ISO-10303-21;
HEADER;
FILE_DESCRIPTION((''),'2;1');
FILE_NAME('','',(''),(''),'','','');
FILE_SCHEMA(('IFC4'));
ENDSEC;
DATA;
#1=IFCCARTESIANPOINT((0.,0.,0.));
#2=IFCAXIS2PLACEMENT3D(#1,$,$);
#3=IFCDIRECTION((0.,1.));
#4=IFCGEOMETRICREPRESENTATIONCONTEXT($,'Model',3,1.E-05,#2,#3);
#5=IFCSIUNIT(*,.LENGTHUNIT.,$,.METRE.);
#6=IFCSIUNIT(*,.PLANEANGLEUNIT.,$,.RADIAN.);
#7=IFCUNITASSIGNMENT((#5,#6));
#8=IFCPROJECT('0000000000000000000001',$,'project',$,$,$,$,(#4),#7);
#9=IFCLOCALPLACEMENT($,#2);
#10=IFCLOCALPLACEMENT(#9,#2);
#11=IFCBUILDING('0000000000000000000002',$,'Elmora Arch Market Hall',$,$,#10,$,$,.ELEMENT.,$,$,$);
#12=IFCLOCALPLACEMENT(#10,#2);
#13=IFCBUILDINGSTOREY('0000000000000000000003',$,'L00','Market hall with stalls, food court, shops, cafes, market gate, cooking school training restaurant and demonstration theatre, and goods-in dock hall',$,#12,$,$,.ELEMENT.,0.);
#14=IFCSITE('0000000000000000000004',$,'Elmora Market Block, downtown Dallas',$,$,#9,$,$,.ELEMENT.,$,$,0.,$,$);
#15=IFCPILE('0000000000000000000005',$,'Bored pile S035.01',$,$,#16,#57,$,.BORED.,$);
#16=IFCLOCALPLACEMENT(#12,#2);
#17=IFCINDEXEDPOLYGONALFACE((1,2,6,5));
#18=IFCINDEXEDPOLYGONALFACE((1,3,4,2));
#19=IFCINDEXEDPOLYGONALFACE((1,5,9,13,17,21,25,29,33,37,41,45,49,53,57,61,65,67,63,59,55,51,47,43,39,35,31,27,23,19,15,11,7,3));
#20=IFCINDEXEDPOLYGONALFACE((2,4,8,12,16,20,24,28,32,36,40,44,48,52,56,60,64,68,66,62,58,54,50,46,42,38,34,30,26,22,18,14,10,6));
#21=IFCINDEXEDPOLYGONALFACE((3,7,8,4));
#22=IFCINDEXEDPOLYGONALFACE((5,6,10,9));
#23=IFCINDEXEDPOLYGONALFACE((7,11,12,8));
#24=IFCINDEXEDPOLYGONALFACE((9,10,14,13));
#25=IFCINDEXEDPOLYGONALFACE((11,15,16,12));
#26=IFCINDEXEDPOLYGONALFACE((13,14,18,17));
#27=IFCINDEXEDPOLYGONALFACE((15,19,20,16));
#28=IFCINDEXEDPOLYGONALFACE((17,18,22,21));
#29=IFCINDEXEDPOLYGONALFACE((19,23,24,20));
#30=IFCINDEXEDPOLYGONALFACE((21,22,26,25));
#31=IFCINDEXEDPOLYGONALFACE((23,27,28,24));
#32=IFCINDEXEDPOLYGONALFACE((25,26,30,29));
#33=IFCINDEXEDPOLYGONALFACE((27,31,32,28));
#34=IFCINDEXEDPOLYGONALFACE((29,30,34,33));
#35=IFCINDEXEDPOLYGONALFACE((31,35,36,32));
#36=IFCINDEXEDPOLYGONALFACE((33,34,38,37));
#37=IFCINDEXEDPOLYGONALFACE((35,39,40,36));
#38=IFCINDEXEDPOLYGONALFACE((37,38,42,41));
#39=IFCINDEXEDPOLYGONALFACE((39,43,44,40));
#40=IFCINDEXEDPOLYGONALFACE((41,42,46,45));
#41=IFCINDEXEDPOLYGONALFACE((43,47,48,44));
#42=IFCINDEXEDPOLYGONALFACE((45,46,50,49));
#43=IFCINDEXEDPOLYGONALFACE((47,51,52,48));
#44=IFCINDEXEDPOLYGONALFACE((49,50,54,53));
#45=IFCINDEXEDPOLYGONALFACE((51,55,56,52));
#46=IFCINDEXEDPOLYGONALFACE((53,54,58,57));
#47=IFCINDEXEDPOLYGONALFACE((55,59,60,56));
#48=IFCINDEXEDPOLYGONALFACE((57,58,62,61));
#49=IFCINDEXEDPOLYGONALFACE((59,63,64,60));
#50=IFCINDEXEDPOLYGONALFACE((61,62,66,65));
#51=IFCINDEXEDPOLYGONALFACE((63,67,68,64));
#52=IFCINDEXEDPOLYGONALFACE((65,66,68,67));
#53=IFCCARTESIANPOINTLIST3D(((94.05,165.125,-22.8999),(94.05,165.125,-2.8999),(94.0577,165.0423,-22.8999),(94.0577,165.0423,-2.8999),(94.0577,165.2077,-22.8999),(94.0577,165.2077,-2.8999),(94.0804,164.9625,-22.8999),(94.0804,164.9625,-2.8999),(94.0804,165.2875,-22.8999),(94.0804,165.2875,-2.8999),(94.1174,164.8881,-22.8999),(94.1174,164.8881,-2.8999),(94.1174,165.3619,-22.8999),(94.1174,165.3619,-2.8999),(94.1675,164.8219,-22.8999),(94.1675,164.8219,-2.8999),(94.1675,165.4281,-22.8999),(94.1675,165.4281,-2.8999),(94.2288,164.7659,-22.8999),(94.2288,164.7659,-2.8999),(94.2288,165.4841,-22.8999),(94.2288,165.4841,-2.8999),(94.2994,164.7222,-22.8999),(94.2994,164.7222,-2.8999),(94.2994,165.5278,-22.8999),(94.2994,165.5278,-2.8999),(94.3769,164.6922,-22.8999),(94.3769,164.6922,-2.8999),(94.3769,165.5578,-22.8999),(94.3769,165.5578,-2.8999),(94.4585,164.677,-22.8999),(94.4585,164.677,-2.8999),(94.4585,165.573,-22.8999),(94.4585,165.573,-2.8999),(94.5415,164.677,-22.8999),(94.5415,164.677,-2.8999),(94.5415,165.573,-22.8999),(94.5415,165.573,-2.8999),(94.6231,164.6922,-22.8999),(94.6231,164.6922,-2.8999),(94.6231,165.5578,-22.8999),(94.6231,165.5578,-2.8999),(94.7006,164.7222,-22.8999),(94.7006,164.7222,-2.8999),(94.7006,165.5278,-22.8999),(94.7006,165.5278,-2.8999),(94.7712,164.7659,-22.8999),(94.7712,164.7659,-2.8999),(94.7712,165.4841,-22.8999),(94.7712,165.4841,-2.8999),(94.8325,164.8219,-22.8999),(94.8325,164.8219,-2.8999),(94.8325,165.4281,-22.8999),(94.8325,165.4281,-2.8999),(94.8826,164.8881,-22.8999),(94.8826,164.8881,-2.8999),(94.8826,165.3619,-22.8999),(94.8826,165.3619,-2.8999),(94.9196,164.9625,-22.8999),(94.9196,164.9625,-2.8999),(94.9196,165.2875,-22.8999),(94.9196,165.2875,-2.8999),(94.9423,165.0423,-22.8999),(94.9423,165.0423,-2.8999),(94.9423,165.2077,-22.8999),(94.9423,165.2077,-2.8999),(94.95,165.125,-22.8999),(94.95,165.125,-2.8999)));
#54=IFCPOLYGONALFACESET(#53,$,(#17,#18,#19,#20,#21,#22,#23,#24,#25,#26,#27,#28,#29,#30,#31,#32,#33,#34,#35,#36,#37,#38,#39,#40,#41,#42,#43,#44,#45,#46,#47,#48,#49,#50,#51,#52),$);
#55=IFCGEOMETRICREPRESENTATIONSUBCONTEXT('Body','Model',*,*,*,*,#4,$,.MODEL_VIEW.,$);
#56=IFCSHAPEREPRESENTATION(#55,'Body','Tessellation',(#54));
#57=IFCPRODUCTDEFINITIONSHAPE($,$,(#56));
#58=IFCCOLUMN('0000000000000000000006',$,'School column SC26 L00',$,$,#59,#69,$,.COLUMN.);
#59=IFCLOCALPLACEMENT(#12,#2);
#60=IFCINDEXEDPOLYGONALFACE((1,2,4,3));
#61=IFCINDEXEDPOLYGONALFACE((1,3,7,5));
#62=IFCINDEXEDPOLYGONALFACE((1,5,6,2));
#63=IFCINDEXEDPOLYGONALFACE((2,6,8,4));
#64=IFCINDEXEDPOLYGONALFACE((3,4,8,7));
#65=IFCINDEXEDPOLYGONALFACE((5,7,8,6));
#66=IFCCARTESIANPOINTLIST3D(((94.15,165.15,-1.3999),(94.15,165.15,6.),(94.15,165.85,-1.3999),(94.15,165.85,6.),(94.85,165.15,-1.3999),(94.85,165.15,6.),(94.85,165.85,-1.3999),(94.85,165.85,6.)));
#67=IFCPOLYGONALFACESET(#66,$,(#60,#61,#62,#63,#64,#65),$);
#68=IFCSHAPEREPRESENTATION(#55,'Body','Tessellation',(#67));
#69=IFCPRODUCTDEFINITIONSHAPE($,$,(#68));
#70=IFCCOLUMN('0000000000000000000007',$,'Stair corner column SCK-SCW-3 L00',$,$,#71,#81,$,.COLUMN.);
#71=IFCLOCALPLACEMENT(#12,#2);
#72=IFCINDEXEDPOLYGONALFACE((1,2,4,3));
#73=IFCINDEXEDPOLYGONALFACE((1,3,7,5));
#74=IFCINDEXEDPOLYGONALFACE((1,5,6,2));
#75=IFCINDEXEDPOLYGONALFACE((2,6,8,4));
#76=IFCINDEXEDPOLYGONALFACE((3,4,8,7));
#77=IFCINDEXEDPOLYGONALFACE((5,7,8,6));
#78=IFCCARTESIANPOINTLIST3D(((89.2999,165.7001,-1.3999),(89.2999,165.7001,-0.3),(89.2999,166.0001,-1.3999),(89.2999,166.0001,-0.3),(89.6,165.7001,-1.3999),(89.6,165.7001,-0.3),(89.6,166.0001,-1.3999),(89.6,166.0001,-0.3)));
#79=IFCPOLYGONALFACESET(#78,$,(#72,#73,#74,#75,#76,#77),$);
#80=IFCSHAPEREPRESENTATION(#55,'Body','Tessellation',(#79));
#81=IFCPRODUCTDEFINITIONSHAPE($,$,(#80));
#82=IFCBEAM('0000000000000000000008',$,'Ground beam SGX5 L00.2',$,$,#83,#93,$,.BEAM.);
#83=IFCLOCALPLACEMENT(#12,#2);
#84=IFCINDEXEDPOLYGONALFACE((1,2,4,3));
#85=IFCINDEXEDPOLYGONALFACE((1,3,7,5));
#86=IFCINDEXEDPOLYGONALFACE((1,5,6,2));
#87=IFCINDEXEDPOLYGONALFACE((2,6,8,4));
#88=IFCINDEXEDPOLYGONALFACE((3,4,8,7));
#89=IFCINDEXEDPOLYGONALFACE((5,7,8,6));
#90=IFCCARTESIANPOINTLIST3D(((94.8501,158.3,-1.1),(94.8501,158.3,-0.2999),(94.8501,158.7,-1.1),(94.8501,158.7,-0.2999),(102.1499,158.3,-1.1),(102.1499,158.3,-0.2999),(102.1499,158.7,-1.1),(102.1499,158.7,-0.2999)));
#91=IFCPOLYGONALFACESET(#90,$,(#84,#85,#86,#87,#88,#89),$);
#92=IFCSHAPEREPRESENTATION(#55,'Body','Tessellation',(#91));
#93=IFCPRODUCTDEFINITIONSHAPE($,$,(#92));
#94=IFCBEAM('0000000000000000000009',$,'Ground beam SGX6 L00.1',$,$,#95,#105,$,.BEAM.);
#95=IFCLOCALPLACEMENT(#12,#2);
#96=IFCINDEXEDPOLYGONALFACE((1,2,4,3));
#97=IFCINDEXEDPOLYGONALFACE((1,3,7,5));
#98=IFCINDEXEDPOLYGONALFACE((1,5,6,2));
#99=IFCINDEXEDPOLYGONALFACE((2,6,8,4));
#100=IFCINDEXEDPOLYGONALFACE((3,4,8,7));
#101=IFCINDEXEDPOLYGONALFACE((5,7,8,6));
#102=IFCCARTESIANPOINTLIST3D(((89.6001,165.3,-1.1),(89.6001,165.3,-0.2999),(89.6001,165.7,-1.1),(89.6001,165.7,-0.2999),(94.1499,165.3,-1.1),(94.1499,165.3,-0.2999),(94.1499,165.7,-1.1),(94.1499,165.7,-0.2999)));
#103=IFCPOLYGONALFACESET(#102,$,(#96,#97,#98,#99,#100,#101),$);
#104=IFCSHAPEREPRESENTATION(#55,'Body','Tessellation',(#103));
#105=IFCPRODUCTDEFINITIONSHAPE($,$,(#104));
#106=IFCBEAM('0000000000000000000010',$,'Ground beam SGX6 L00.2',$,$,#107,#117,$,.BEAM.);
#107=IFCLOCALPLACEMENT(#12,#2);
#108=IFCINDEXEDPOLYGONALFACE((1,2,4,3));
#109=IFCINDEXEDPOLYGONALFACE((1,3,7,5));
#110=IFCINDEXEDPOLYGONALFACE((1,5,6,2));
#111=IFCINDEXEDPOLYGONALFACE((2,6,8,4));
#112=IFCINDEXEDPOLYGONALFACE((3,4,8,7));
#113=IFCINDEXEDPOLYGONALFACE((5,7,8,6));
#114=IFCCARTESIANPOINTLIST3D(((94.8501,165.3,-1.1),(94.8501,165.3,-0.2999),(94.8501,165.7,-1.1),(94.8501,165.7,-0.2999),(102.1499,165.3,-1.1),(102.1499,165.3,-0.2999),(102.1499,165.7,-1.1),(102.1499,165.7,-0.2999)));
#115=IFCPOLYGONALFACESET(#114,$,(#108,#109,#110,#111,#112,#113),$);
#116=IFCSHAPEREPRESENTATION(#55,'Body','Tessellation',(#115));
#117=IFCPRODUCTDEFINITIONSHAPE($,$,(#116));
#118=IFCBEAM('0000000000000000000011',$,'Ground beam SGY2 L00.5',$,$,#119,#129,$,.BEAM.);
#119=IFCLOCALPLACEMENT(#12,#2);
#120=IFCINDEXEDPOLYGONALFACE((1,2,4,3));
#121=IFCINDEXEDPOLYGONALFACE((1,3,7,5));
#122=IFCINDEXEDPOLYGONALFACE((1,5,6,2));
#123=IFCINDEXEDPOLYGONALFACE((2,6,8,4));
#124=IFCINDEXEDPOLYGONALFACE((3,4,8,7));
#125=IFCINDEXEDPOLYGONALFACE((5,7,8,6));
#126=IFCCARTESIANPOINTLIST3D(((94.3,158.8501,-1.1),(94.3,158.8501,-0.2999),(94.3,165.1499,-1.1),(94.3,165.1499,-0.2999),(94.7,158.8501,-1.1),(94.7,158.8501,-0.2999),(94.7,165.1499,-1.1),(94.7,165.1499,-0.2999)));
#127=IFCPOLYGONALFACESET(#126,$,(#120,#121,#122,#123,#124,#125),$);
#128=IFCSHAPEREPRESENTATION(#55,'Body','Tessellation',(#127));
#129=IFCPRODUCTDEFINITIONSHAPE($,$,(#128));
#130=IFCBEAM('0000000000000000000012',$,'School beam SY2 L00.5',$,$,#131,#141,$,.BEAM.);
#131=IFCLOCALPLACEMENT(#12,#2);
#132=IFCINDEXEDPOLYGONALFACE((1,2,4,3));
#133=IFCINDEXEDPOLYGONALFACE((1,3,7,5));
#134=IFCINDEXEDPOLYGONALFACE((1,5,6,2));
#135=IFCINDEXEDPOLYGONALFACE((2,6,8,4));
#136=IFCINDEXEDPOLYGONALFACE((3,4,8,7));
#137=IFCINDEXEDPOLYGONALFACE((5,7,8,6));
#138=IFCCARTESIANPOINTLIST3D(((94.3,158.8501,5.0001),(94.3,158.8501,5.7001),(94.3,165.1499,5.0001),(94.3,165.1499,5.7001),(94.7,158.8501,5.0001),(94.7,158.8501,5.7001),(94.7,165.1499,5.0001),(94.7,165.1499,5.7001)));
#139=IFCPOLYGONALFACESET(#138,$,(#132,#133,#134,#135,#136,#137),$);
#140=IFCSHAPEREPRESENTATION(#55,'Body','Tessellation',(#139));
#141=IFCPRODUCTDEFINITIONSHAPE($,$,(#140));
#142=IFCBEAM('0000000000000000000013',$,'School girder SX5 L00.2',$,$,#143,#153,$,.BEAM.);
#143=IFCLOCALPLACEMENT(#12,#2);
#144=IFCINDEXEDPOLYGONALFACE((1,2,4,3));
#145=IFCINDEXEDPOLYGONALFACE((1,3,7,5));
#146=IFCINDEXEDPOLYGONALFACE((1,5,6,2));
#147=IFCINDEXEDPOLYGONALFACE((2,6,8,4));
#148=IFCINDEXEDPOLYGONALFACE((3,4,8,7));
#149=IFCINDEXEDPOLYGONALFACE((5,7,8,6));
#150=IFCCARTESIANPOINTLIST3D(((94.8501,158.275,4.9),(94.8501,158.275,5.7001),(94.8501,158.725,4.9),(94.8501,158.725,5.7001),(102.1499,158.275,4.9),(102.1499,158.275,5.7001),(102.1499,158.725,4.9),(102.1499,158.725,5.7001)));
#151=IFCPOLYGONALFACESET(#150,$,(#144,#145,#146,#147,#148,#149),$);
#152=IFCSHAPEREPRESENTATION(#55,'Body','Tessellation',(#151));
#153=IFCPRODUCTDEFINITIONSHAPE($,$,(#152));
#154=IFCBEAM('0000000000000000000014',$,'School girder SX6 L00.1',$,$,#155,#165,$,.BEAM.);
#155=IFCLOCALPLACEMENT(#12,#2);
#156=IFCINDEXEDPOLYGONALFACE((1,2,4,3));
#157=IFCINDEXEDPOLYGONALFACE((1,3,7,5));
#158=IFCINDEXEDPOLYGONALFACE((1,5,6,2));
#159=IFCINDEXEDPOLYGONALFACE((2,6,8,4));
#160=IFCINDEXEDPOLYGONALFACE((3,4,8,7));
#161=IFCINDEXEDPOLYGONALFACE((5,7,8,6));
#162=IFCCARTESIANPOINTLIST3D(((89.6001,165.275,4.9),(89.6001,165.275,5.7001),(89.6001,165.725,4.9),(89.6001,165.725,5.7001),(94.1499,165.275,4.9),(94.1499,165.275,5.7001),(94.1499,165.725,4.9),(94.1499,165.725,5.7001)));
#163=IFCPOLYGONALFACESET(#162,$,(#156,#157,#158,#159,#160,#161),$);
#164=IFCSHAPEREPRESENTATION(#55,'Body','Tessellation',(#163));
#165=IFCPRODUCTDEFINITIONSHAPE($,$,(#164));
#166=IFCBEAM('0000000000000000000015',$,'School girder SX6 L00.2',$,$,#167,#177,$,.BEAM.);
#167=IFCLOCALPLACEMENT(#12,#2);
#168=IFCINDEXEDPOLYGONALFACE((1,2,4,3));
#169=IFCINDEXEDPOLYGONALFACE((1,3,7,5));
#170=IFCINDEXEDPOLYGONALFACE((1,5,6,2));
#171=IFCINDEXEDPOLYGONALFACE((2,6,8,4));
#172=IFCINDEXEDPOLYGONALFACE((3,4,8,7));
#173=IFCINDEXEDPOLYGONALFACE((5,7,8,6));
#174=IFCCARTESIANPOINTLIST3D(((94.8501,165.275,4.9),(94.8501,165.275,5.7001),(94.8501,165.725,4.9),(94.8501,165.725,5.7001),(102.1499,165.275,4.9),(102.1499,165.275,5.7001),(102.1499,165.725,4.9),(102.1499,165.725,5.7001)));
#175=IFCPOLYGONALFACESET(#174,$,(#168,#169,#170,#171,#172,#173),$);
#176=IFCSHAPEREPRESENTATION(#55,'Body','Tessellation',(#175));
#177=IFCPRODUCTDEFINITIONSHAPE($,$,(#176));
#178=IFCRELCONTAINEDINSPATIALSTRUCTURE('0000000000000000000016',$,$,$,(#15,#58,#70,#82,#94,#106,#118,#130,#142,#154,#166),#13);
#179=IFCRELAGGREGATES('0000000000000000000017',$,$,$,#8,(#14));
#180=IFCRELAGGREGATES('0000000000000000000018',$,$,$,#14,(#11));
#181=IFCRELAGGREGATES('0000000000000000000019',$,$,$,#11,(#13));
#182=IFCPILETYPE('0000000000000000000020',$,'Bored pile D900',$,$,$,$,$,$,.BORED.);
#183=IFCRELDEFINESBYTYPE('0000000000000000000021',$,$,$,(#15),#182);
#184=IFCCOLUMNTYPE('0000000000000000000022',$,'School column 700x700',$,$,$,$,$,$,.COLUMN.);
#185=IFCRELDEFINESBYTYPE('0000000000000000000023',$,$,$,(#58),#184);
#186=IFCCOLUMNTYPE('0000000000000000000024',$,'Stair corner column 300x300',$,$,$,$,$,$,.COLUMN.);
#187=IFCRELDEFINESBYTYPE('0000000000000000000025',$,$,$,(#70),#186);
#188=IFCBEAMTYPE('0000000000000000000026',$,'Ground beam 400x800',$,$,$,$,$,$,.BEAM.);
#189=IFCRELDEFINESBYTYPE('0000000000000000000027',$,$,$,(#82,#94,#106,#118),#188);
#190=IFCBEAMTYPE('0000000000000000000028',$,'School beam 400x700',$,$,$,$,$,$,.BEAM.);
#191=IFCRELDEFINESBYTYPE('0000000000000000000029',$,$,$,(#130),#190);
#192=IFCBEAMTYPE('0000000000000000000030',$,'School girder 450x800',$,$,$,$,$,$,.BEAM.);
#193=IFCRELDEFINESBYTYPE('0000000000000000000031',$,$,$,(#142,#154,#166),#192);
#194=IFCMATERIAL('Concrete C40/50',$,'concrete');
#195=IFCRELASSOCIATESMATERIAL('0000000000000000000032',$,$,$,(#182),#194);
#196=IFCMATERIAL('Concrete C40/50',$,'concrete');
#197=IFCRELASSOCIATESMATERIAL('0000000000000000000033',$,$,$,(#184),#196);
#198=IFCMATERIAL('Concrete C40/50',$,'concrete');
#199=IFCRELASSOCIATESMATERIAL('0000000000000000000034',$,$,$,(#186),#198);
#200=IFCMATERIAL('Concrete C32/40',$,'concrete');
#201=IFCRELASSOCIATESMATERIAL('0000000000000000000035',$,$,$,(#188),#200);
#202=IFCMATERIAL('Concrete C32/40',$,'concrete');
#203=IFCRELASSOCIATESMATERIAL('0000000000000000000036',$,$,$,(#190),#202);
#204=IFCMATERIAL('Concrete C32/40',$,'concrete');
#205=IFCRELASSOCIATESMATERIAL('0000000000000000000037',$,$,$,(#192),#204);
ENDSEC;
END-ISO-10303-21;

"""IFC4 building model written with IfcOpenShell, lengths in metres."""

from ifc_helpers import new_model, si_unit, direction, frame, origin, origin_2d, place, context, subcontext, project, spatial, rectangle, circle, extrude, material, material_profile, profile_set, type_object, element, save


model = new_model("IFC4")

# Units and contexts
model_context = context("Model", 3, precision=1e-05, world=origin(), true_north=direction((0.0, 1.0)))
body_context = subcontext(model_context, "Body", "Model", "MODEL_VIEW")
ifc_project = project(units=[si_unit("LENGTHUNIT", "METRE"), si_unit("PLANEANGLEUNIT", "RADIAN")], contexts=[model_context])

# Site, building, storey
site_placement = place(None, origin())
site = spatial("IfcSite", under=ifc_project, at=site_placement, Name="Elmora Market Block, downtown Dallas", CompositionType="ELEMENT", RefElevation=0.0)
building_placement = place(site_placement, origin())
building = spatial("IfcBuilding", under=site, at=building_placement, Name="Elmora Arch Market Hall", CompositionType="ELEMENT")
storey_placement = place(building_placement, origin())
storey = spatial("IfcBuildingStorey", under=building, at=storey_placement, Name="L00", Description="Market hall with stalls, food court, shops, cafes, market gate, cooking school training restaurant and demonstration theatre, and goods-in dock hall", CompositionType="ELEMENT", Elevation=0.0)

# Pile
ifc_material_1 = material(Name="Concrete C40/50", Category="concrete")
ifc_material_profile_1 = material_profile(ifc_material_1, circle(Radius=0.45, at=origin_2d()), Name="Bored pile D900")
ifc_profile_set_1 = profile_set([ifc_material_profile_1], Name="Concrete C40/50")
pile_type = type_object("IfcPileType", Name="Bored pile D900", PredefinedType="BORED", material=ifc_profile_set_1)
for number, where, z_axis, x_axis, name in (
    (1, (94.5, 165.125, -2.8999), (0.0, 0.0, -1.0), (1.0, 0.0, 0.0), "Bored pile S035.01"),
):
    element("IfcPile", number, at=place(storey_placement, frame(where, z_axis=z_axis, x_axis=x_axis)), inside=storey, type_object=pile_type, Name=name, PredefinedType="BORED", context=body_context, shape_type="SweptSolid", body=[
        extrude(circle(Radius=0.45, at=origin_2d()), origin(), (0.0, 0.0, 1.0), 20.0),
    ])

# Columns
ifc_material_2 = material(Name="Concrete C40/50", Category="concrete")
ifc_material_profile_2 = material_profile(ifc_material_2, rectangle(XDim=0.7, YDim=0.7, at=origin_2d()), Name="School column 700x700")
ifc_profile_set_2 = profile_set([ifc_material_profile_2], Name="Concrete C40/50")
column_type_1 = type_object("IfcColumnType", Name="School column 700x700", PredefinedType="COLUMN", material=ifc_profile_set_2)
column_1_placement = place(storey_placement, frame((94.5, 165.5, -1.3999), z_axis=(0.0, 0.0, 1.0), x_axis=(1.0, 0.0, 0.0)))
element("IfcColumn", 2, at=column_1_placement, inside=storey, type_object=column_type_1, Name="School column SC26 L00", PredefinedType="COLUMN", context=body_context, shape_type="SweptSolid", body=[
    extrude(rectangle(XDim=0.7, YDim=0.7, at=origin_2d()), origin(), (0.0, 0.0, 1.0), 7.3999),
])
ifc_material_3 = material(Name="Concrete C40/50", Category="concrete")
ifc_material_profile_3 = material_profile(ifc_material_3, rectangle(XDim=0.3, YDim=0.3, at=origin_2d()), Name="Stair corner column 300x300")
ifc_profile_set_3 = profile_set([ifc_material_profile_3], Name="Concrete C40/50")
column_type_2 = type_object("IfcColumnType", Name="Stair corner column 300x300", PredefinedType="COLUMN", material=ifc_profile_set_3)
column_2_placement = place(storey_placement, frame((89.45, 165.8501, -1.3999), z_axis=(0.0, 0.0, 1.0), x_axis=(1.0, 0.0, 0.0)))
element("IfcColumn", 3, at=column_2_placement, inside=storey, type_object=column_type_2, Name="Stair corner column SCK-SCW-3 L00", PredefinedType="COLUMN", context=body_context, shape_type="SweptSolid", body=[
    extrude(rectangle(XDim=0.3, YDim=0.3, at=origin_2d()), origin(), (0.0, 0.0, 1.0), 1.0999),
])

# Beams
ifc_material_4 = material(Name="Concrete C32/40", Category="concrete")
ifc_material_profile_4 = material_profile(ifc_material_4, rectangle(XDim=0.3999, YDim=0.8, at=origin_2d()), Name="Ground beam 400x800")
ifc_profile_set_4 = profile_set([ifc_material_profile_4], Name="Concrete C32/40")
beam_type_1 = type_object("IfcBeamType", Name="Ground beam 400x800", PredefinedType="BEAM", material=ifc_profile_set_4)
beam_1_placement = place(storey_placement, frame((94.8501, 158.5, -0.7), z_axis=(1.0, 0.0, 0.0), x_axis=(0.0, 1.0, 0.0)))
element("IfcBeam", 4, at=beam_1_placement, inside=storey, type_object=beam_type_1, Name="Ground beam SGX5 L00.2", PredefinedType="BEAM", context=body_context, shape_type="SweptSolid", body=[
    extrude(rectangle(XDim=0.3999, YDim=0.8, at=origin_2d()), origin(), (0.0, 0.0, 1.0), 7.2998),
])
beam_2_placement = place(storey_placement, frame((89.6001, 165.5, -0.7), z_axis=(1.0, 0.0, 0.0), x_axis=(0.0, 1.0, 0.0)))
element("IfcBeam", 5, at=beam_2_placement, inside=storey, type_object=beam_type_1, Name="Ground beam SGX6 L00.1", PredefinedType="BEAM", context=body_context, shape_type="SweptSolid", body=[
    extrude(rectangle(XDim=0.3999, YDim=0.8, at=origin_2d()), origin(), (0.0, 0.0, 1.0), 4.5498),
])
beam_3_placement = place(storey_placement, frame((94.8501, 165.5, -0.7), z_axis=(1.0, 0.0, 0.0), x_axis=(0.0, 1.0, 0.0)))
element("IfcBeam", 6, at=beam_3_placement, inside=storey, type_object=beam_type_1, Name="Ground beam SGX6 L00.2", PredefinedType="BEAM", context=body_context, shape_type="SweptSolid", body=[
    extrude(rectangle(XDim=0.3999, YDim=0.8, at=origin_2d()), origin(), (0.0, 0.0, 1.0), 7.2998),
])
beam_4_placement = place(storey_placement, frame((94.5, 158.8501, -0.7), z_axis=(0.0, 1.0, 0.0), x_axis=(-1.0, 0.0, 0.0)))
element("IfcBeam", 7, at=beam_4_placement, inside=storey, type_object=beam_type_1, Name="Ground beam SGY2 L00.5", PredefinedType="BEAM", context=body_context, shape_type="SweptSolid", body=[
    extrude(rectangle(XDim=0.3999, YDim=0.8, at=origin_2d()), origin(), (0.0, 0.0, 1.0), 6.2998),
])
ifc_material_5 = material(Name="Concrete C32/40", Category="concrete")
ifc_material_profile_5 = material_profile(ifc_material_5, rectangle(XDim=0.3999, YDim=0.7, at=origin_2d()), Name="School beam 400x700")
ifc_profile_set_5 = profile_set([ifc_material_profile_5], Name="Concrete C32/40")
beam_type_2 = type_object("IfcBeamType", Name="School beam 400x700", PredefinedType="BEAM", material=ifc_profile_set_5)
beam_5_placement = place(storey_placement, frame((94.5, 158.8501, 5.3501), z_axis=(0.0, 1.0, 0.0), x_axis=(-1.0, 0.0, 0.0)))
element("IfcBeam", 8, at=beam_5_placement, inside=storey, type_object=beam_type_2, Name="School beam SY2 L00.5", PredefinedType="BEAM", context=body_context, shape_type="SweptSolid", body=[
    extrude(rectangle(XDim=0.3999, YDim=0.7, at=origin_2d()), origin(), (0.0, 0.0, 1.0), 6.2998),
])
ifc_material_6 = material(Name="Concrete C32/40", Category="concrete")
ifc_material_profile_6 = material_profile(ifc_material_6, rectangle(XDim=0.45, YDim=0.8, at=origin_2d()), Name="School girder 450x800")
ifc_profile_set_6 = profile_set([ifc_material_profile_6], Name="Concrete C32/40")
beam_type_3 = type_object("IfcBeamType", Name="School girder 450x800", PredefinedType="BEAM", material=ifc_profile_set_6)
beam_6_placement = place(storey_placement, frame((94.8501, 158.5, 5.3), z_axis=(1.0, 0.0, 0.0), x_axis=(0.0, 1.0, 0.0)))
element("IfcBeam", 9, at=beam_6_placement, inside=storey, type_object=beam_type_3, Name="School girder SX5 L00.2", PredefinedType="BEAM", context=body_context, shape_type="SweptSolid", body=[
    extrude(rectangle(XDim=0.45, YDim=0.8, at=origin_2d()), origin(), (0.0, 0.0, 1.0), 7.2998),
])
beam_7_placement = place(storey_placement, frame((89.6001, 165.5, 5.3), z_axis=(1.0, 0.0, 0.0), x_axis=(0.0, 1.0, 0.0)))
element("IfcBeam", 10, at=beam_7_placement, inside=storey, type_object=beam_type_3, Name="School girder SX6 L00.1", PredefinedType="BEAM", context=body_context, shape_type="SweptSolid", body=[
    extrude(rectangle(XDim=0.45, YDim=0.8, at=origin_2d()), origin(), (0.0, 0.0, 1.0), 4.5498),
])
beam_8_placement = place(storey_placement, frame((94.8501, 165.5, 5.3), z_axis=(1.0, 0.0, 0.0), x_axis=(0.0, 1.0, 0.0)))
element("IfcBeam", 11, at=beam_8_placement, inside=storey, type_object=beam_type_3, Name="School girder SX6 L00.2", PredefinedType="BEAM", context=body_context, shape_type="SweptSolid", body=[
    extrude(rectangle(XDim=0.45, YDim=0.8, at=origin_2d()), origin(), (0.0, 0.0, 1.0), 7.2998),
])

save(model, "model.ifc")
